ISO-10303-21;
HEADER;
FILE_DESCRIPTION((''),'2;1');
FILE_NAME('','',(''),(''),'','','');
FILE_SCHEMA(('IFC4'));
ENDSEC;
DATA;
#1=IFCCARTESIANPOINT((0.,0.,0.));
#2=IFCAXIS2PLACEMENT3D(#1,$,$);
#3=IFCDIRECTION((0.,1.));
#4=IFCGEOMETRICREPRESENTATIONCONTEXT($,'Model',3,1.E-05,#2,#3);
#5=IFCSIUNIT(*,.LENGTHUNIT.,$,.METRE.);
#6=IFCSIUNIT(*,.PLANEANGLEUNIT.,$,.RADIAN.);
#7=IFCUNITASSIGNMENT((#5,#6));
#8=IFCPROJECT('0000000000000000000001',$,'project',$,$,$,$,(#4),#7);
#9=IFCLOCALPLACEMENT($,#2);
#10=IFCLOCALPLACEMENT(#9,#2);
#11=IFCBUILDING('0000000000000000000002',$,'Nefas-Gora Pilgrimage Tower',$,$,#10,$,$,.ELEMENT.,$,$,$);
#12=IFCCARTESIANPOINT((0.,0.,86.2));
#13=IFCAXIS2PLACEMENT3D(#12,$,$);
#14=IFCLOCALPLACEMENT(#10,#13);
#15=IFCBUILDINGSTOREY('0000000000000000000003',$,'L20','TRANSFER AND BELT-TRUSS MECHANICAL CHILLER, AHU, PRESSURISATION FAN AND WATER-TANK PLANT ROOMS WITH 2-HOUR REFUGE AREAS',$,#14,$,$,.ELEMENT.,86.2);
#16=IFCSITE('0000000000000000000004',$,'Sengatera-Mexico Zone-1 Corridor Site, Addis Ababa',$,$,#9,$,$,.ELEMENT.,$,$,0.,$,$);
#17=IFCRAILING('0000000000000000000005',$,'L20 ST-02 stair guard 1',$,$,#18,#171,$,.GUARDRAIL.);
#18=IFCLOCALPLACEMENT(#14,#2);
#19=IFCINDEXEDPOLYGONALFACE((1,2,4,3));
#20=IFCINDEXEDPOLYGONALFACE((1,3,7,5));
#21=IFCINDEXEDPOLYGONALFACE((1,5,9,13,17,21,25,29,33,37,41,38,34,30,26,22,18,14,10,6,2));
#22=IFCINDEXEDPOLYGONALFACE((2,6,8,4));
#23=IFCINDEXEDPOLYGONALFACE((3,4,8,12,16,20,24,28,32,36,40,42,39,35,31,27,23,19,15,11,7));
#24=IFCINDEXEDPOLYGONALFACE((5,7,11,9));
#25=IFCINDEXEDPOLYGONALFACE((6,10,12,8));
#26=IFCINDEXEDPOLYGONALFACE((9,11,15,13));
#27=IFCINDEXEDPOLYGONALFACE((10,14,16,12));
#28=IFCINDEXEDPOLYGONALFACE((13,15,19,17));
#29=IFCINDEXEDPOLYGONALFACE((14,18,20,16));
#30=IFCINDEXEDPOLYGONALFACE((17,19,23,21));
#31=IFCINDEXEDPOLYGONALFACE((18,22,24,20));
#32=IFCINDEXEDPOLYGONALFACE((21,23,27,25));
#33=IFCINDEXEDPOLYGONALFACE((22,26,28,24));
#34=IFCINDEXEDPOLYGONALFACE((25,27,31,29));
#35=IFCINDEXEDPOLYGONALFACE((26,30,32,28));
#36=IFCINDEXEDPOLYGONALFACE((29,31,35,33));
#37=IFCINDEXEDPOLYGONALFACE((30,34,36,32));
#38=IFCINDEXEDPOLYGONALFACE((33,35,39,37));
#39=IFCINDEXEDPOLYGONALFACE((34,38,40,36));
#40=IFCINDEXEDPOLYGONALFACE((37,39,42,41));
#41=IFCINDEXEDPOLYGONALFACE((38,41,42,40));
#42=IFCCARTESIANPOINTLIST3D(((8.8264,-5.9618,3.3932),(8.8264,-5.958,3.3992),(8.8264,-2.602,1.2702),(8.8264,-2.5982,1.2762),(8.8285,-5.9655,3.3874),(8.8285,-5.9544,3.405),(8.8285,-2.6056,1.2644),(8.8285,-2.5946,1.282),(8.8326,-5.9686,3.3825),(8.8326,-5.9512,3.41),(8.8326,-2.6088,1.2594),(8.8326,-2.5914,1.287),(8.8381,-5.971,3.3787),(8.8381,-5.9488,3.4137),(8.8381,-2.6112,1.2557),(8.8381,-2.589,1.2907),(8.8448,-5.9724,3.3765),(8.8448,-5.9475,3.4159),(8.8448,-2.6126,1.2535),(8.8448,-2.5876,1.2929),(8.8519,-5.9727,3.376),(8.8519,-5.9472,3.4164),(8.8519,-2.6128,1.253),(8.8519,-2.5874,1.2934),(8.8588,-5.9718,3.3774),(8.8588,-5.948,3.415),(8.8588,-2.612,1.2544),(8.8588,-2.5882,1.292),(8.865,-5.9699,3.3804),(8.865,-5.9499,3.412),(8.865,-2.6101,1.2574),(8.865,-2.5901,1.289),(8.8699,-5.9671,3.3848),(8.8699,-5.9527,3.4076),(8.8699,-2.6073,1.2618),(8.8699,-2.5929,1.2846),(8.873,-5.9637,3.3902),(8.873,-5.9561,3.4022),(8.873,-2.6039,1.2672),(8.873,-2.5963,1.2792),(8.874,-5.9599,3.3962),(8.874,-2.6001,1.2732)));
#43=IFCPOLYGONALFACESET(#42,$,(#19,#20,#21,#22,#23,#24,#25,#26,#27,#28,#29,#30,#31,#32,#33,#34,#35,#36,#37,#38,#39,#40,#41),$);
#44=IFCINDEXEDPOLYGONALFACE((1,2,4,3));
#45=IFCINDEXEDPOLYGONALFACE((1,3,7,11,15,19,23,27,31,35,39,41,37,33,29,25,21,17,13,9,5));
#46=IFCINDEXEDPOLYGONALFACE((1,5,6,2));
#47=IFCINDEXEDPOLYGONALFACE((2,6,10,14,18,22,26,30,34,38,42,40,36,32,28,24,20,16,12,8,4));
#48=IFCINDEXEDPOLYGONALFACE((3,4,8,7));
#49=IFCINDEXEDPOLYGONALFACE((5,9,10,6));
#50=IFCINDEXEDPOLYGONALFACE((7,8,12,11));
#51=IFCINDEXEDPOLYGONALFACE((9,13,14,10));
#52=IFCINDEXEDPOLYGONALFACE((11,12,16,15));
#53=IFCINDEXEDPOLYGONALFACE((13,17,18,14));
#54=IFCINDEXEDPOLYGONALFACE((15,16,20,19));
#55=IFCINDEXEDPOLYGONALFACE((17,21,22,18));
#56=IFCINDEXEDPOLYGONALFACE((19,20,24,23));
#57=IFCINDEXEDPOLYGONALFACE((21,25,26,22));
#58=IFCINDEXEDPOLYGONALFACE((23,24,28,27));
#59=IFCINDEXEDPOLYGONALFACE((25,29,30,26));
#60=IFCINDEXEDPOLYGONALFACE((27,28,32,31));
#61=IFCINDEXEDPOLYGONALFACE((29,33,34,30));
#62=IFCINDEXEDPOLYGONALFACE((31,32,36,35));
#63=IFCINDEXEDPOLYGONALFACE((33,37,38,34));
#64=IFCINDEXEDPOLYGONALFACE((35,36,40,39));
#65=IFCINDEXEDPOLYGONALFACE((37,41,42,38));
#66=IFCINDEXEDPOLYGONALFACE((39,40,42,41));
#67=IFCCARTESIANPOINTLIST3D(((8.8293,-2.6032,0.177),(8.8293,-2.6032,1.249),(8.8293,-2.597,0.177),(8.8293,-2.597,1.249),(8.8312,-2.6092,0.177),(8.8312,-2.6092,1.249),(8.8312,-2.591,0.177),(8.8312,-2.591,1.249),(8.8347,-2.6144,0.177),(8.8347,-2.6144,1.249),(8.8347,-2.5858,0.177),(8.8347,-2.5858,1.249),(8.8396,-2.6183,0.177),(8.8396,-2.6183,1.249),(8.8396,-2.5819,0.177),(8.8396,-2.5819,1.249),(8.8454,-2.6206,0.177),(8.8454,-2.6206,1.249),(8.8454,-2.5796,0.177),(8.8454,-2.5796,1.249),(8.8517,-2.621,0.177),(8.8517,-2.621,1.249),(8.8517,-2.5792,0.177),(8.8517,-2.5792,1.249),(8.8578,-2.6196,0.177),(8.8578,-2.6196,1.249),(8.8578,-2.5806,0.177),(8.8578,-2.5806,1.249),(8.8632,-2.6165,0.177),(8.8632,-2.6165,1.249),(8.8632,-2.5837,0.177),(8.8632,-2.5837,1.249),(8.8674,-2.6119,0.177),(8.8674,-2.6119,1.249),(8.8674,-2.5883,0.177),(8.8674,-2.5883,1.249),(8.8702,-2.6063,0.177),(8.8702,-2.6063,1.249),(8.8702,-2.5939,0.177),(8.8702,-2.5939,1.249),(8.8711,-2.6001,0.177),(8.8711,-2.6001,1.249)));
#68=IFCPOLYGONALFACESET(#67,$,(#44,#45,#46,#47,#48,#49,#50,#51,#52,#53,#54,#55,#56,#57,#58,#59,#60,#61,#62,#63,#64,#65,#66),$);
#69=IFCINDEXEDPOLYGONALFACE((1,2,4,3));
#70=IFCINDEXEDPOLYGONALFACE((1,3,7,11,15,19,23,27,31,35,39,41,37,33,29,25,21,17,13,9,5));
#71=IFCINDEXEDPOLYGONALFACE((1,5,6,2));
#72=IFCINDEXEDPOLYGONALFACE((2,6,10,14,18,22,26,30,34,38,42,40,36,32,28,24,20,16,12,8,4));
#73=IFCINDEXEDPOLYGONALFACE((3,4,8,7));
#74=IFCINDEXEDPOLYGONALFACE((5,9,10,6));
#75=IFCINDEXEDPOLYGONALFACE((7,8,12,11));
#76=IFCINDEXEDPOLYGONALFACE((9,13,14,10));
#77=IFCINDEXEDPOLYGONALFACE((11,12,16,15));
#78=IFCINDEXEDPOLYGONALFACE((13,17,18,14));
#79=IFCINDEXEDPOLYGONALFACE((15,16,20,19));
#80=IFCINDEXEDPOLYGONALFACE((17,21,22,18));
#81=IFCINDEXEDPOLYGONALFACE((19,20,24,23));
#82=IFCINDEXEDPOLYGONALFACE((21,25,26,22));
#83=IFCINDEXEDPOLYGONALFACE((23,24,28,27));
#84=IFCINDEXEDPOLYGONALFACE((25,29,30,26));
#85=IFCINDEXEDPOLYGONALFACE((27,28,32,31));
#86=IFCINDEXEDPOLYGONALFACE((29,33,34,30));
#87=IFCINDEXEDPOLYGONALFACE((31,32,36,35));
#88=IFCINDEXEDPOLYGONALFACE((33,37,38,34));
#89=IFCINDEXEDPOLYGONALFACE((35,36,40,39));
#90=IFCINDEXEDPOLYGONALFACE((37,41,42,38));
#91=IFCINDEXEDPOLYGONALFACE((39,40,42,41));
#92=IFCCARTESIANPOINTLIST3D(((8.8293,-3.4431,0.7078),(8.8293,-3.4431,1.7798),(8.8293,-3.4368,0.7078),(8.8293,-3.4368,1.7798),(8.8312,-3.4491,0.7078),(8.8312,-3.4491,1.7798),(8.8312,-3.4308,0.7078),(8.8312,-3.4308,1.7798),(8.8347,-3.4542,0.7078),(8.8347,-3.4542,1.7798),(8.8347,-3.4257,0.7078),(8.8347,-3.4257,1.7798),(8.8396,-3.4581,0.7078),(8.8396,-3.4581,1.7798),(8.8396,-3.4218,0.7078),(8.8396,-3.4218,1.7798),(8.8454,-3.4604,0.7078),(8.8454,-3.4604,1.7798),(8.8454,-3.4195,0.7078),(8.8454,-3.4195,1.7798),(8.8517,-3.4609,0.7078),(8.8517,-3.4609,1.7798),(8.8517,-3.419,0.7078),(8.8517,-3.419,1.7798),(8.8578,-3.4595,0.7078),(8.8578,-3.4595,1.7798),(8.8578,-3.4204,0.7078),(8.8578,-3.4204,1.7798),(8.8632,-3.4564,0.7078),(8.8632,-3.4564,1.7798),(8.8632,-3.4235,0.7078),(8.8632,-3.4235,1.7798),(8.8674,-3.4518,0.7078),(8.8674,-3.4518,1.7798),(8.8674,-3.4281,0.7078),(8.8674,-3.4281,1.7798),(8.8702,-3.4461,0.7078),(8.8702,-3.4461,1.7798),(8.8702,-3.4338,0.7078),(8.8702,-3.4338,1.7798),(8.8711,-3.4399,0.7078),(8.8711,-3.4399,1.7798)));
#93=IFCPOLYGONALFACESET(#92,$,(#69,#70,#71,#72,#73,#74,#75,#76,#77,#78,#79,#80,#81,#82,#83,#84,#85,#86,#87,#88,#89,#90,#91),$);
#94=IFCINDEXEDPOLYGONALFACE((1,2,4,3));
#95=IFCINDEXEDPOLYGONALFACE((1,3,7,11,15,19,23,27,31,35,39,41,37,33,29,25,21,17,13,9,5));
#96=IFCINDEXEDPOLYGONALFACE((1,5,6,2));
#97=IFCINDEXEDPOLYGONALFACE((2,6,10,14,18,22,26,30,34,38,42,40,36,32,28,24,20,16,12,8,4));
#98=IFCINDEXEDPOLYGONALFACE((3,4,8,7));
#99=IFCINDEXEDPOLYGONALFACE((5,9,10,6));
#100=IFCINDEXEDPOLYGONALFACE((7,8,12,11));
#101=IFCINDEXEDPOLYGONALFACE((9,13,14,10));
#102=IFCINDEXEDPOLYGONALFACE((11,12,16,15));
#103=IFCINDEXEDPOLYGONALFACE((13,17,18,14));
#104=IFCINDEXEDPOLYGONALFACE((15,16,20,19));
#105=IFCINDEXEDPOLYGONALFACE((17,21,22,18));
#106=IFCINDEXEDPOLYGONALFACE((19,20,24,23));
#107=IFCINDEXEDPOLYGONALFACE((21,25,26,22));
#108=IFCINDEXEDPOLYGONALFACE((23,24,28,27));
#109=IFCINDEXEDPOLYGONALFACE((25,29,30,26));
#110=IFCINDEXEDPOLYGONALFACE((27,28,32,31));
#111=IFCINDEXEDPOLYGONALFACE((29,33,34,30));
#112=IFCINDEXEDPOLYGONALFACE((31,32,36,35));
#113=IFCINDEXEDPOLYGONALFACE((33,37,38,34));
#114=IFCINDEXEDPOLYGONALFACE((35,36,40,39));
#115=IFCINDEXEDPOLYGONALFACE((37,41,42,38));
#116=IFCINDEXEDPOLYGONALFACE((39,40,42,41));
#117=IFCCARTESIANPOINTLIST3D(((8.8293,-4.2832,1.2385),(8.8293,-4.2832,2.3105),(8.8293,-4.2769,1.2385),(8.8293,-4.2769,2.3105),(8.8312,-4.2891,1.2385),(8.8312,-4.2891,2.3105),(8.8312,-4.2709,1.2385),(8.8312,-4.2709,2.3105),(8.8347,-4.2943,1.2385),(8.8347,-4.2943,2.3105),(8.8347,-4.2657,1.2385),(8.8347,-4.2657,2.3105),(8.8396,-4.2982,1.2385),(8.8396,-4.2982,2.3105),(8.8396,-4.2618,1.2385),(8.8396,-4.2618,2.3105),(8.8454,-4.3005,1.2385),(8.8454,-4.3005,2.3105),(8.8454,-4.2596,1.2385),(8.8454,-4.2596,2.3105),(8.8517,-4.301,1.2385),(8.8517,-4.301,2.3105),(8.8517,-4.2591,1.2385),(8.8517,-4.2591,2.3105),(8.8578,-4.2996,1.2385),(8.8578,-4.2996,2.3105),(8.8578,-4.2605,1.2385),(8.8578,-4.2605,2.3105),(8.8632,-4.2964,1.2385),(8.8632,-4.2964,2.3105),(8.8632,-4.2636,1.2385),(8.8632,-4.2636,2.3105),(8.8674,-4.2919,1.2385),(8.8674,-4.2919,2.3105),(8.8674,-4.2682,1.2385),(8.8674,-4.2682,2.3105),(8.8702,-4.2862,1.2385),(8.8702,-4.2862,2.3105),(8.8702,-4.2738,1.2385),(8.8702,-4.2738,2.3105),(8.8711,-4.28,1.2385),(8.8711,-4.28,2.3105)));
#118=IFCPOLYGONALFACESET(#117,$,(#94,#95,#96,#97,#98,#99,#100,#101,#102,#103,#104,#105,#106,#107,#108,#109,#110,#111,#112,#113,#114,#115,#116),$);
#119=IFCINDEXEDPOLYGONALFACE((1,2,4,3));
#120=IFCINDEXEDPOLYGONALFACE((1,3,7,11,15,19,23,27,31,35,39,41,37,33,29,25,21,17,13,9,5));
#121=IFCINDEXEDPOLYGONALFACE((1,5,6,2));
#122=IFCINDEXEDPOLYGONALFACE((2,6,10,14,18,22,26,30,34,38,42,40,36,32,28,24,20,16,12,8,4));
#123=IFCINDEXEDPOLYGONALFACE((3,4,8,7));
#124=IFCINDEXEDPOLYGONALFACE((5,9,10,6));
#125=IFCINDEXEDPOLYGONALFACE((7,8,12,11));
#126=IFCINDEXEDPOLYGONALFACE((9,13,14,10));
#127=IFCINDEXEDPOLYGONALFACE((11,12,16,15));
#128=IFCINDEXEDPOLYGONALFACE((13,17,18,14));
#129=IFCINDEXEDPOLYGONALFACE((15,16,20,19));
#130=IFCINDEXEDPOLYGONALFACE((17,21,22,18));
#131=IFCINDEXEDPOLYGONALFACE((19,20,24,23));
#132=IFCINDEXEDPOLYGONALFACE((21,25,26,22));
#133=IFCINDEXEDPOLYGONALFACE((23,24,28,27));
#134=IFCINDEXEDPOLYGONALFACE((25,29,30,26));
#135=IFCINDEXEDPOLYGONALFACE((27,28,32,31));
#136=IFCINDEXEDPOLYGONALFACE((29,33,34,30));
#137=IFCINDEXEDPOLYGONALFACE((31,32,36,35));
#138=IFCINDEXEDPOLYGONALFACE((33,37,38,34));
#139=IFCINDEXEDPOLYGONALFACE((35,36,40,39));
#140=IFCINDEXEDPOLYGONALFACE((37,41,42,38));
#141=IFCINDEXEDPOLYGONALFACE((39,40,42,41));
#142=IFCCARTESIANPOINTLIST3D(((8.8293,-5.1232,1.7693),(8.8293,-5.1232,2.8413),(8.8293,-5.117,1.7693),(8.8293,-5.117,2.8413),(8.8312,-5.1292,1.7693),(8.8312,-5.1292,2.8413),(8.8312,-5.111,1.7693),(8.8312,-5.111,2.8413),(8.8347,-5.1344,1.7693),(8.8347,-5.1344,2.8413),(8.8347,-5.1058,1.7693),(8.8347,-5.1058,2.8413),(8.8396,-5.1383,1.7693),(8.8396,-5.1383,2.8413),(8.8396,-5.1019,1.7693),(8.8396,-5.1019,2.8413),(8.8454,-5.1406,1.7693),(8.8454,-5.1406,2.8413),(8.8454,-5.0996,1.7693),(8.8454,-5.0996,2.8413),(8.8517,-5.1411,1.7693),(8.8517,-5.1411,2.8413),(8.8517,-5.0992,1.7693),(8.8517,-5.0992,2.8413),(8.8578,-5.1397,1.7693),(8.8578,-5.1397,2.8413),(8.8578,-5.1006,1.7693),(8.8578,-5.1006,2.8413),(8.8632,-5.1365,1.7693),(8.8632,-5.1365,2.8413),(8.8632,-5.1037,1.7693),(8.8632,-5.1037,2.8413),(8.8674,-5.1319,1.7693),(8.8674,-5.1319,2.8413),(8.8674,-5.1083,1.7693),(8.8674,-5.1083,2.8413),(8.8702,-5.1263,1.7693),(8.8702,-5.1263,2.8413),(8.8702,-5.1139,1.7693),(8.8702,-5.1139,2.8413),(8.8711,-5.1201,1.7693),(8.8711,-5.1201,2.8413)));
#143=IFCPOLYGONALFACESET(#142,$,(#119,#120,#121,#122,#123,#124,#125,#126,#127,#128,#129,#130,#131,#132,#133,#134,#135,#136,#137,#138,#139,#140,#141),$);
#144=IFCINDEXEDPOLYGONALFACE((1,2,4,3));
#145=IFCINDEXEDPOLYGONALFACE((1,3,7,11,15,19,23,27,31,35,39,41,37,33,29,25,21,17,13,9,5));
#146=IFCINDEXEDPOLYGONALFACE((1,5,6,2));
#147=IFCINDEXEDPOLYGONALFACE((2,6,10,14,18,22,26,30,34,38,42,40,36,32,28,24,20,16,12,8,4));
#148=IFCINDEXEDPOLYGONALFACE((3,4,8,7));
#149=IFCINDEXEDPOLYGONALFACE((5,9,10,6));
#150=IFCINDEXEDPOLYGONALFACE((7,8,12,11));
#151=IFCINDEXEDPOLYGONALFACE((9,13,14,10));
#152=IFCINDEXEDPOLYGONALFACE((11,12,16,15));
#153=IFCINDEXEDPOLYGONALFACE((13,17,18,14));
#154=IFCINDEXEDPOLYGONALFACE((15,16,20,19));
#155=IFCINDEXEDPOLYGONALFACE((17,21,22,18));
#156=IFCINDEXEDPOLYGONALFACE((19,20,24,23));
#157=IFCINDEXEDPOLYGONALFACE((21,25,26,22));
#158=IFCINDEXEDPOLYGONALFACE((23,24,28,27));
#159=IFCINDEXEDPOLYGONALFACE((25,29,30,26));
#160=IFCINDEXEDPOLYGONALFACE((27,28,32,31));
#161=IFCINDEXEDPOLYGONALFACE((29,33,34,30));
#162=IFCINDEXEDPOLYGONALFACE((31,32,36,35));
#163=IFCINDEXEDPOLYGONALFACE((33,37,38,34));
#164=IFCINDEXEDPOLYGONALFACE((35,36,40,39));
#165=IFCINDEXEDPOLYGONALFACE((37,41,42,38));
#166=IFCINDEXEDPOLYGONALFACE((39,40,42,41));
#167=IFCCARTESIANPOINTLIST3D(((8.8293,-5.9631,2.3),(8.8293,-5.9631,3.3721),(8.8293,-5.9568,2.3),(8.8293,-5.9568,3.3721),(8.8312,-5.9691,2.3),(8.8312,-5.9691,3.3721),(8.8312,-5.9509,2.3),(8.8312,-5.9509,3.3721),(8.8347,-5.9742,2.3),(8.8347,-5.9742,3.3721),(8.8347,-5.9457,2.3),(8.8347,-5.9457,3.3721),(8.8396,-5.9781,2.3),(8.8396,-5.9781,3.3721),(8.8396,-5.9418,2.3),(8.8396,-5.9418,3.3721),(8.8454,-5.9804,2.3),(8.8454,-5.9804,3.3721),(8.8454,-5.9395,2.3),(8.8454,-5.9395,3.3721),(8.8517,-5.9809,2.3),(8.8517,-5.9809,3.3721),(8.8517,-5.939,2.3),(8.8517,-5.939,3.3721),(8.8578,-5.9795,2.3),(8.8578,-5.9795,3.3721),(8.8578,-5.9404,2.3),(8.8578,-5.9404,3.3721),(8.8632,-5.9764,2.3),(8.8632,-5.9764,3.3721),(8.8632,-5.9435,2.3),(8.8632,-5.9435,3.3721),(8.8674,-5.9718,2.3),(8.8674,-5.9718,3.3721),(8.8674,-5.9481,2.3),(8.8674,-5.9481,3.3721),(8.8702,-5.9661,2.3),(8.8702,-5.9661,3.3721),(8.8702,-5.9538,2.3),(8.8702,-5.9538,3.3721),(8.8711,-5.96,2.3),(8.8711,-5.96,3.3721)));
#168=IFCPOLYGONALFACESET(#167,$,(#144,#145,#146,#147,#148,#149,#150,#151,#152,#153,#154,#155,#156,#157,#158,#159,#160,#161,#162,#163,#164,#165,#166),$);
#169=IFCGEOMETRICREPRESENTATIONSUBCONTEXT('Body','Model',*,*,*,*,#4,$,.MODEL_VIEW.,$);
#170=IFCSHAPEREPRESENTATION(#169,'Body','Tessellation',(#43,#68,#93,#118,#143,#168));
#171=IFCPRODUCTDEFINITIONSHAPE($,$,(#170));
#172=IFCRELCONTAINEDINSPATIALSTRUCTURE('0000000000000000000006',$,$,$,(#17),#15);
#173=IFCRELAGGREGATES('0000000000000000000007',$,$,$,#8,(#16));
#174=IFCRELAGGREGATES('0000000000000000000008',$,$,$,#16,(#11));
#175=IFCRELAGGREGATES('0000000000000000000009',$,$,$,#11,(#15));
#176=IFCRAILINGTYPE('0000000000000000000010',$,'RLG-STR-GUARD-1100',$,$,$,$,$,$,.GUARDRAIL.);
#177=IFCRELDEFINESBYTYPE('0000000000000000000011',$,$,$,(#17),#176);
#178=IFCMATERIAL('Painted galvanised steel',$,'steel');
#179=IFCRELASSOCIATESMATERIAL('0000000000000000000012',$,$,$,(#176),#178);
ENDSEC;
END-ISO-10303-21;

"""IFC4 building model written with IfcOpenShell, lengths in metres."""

from ifc_helpers import new_model, si_unit, direction, frame, origin, origin_2d, place, context, subcontext, project, spatial, circle, extrude, material, type_object, element, save


model = new_model("IFC4")

# Units and contexts
model_context = context("Model", 3, precision=1e-05, world=origin(), true_north=direction((0.0, 1.0)))
body_context = subcontext(model_context, "Body", "Model", "MODEL_VIEW")
ifc_project = project(units=[si_unit("LENGTHUNIT", "METRE"), si_unit("PLANEANGLEUNIT", "RADIAN")], contexts=[model_context])

# Site, building, storey
site_placement = place(None, origin())
site = spatial("IfcSite", under=ifc_project, at=site_placement, Name="Sengatera-Mexico Zone-1 Corridor Site, Addis Ababa", CompositionType="ELEMENT", RefElevation=0.0)
building_placement = place(site_placement, origin())
building = spatial("IfcBuilding", under=site, at=building_placement, Name="Nefas-Gora Pilgrimage Tower", CompositionType="ELEMENT")
storey_placement = place(building_placement, frame((0.0, 0.0, 86.2)))
storey = spatial("IfcBuildingStorey", under=building, at=storey_placement, Name="L20", Description="TRANSFER AND BELT-TRUSS MECHANICAL CHILLER, AHU, PRESSURISATION FAN AND WATER-TANK PLANT ROOMS WITH 2-HOUR REFUGE AREAS", CompositionType="ELEMENT", Elevation=86.2)

# Railing
ifc_material_1 = material(Name="Painted galvanised steel", Category="steel")
railing_type_1 = type_object("IfcRailingType", Name="RLG-STR-GUARD-1100", PredefinedType="GUARDRAIL", material=ifc_material_1)
railing_1_placement = place(storey_placement, frame((8.8501, -2.6001, 0.177)))
element("IfcRailing", 1, at=railing_1_placement, inside=storey, type_object=railing_type_1, Name="L20 ST-02 stair guard 1", PredefinedType="GUARDRAIL", context=body_context, shape_type="SweptSolid", body=[
    extrude(circle(Radius=0.0239, at=origin_2d()), frame((0.0, 0.0, 1.0962), z_axis=(0.0, -0.845372, 0.534178), x_axis=(1.0, 0.0, 0.0)), (0.0, 0.0, 1.0), 3.9744),
    extrude(circle(Radius=0.021, at=origin_2d()), origin(), (0.0, 0.0, 1.0), 1.072),
    extrude(circle(Radius=0.021, at=origin_2d()), frame((0.0, -0.8398, 0.5308)), (0.0, 0.0, 1.0), 1.072),
    extrude(circle(Radius=0.021, at=origin_2d()), frame((0.0, -1.6799, 1.0615)), (0.0, 0.0, 1.0), 1.072),
    extrude(circle(Radius=0.021, at=origin_2d()), frame((0.0, -2.52, 1.5923)), (0.0, 0.0, 1.0), 1.072),
    extrude(circle(Radius=0.021, at=origin_2d()), frame((0.0, -3.3599, 2.123)), (0.0, 0.0, 1.0), 1.072),
])

save(model, "model.ifc")
